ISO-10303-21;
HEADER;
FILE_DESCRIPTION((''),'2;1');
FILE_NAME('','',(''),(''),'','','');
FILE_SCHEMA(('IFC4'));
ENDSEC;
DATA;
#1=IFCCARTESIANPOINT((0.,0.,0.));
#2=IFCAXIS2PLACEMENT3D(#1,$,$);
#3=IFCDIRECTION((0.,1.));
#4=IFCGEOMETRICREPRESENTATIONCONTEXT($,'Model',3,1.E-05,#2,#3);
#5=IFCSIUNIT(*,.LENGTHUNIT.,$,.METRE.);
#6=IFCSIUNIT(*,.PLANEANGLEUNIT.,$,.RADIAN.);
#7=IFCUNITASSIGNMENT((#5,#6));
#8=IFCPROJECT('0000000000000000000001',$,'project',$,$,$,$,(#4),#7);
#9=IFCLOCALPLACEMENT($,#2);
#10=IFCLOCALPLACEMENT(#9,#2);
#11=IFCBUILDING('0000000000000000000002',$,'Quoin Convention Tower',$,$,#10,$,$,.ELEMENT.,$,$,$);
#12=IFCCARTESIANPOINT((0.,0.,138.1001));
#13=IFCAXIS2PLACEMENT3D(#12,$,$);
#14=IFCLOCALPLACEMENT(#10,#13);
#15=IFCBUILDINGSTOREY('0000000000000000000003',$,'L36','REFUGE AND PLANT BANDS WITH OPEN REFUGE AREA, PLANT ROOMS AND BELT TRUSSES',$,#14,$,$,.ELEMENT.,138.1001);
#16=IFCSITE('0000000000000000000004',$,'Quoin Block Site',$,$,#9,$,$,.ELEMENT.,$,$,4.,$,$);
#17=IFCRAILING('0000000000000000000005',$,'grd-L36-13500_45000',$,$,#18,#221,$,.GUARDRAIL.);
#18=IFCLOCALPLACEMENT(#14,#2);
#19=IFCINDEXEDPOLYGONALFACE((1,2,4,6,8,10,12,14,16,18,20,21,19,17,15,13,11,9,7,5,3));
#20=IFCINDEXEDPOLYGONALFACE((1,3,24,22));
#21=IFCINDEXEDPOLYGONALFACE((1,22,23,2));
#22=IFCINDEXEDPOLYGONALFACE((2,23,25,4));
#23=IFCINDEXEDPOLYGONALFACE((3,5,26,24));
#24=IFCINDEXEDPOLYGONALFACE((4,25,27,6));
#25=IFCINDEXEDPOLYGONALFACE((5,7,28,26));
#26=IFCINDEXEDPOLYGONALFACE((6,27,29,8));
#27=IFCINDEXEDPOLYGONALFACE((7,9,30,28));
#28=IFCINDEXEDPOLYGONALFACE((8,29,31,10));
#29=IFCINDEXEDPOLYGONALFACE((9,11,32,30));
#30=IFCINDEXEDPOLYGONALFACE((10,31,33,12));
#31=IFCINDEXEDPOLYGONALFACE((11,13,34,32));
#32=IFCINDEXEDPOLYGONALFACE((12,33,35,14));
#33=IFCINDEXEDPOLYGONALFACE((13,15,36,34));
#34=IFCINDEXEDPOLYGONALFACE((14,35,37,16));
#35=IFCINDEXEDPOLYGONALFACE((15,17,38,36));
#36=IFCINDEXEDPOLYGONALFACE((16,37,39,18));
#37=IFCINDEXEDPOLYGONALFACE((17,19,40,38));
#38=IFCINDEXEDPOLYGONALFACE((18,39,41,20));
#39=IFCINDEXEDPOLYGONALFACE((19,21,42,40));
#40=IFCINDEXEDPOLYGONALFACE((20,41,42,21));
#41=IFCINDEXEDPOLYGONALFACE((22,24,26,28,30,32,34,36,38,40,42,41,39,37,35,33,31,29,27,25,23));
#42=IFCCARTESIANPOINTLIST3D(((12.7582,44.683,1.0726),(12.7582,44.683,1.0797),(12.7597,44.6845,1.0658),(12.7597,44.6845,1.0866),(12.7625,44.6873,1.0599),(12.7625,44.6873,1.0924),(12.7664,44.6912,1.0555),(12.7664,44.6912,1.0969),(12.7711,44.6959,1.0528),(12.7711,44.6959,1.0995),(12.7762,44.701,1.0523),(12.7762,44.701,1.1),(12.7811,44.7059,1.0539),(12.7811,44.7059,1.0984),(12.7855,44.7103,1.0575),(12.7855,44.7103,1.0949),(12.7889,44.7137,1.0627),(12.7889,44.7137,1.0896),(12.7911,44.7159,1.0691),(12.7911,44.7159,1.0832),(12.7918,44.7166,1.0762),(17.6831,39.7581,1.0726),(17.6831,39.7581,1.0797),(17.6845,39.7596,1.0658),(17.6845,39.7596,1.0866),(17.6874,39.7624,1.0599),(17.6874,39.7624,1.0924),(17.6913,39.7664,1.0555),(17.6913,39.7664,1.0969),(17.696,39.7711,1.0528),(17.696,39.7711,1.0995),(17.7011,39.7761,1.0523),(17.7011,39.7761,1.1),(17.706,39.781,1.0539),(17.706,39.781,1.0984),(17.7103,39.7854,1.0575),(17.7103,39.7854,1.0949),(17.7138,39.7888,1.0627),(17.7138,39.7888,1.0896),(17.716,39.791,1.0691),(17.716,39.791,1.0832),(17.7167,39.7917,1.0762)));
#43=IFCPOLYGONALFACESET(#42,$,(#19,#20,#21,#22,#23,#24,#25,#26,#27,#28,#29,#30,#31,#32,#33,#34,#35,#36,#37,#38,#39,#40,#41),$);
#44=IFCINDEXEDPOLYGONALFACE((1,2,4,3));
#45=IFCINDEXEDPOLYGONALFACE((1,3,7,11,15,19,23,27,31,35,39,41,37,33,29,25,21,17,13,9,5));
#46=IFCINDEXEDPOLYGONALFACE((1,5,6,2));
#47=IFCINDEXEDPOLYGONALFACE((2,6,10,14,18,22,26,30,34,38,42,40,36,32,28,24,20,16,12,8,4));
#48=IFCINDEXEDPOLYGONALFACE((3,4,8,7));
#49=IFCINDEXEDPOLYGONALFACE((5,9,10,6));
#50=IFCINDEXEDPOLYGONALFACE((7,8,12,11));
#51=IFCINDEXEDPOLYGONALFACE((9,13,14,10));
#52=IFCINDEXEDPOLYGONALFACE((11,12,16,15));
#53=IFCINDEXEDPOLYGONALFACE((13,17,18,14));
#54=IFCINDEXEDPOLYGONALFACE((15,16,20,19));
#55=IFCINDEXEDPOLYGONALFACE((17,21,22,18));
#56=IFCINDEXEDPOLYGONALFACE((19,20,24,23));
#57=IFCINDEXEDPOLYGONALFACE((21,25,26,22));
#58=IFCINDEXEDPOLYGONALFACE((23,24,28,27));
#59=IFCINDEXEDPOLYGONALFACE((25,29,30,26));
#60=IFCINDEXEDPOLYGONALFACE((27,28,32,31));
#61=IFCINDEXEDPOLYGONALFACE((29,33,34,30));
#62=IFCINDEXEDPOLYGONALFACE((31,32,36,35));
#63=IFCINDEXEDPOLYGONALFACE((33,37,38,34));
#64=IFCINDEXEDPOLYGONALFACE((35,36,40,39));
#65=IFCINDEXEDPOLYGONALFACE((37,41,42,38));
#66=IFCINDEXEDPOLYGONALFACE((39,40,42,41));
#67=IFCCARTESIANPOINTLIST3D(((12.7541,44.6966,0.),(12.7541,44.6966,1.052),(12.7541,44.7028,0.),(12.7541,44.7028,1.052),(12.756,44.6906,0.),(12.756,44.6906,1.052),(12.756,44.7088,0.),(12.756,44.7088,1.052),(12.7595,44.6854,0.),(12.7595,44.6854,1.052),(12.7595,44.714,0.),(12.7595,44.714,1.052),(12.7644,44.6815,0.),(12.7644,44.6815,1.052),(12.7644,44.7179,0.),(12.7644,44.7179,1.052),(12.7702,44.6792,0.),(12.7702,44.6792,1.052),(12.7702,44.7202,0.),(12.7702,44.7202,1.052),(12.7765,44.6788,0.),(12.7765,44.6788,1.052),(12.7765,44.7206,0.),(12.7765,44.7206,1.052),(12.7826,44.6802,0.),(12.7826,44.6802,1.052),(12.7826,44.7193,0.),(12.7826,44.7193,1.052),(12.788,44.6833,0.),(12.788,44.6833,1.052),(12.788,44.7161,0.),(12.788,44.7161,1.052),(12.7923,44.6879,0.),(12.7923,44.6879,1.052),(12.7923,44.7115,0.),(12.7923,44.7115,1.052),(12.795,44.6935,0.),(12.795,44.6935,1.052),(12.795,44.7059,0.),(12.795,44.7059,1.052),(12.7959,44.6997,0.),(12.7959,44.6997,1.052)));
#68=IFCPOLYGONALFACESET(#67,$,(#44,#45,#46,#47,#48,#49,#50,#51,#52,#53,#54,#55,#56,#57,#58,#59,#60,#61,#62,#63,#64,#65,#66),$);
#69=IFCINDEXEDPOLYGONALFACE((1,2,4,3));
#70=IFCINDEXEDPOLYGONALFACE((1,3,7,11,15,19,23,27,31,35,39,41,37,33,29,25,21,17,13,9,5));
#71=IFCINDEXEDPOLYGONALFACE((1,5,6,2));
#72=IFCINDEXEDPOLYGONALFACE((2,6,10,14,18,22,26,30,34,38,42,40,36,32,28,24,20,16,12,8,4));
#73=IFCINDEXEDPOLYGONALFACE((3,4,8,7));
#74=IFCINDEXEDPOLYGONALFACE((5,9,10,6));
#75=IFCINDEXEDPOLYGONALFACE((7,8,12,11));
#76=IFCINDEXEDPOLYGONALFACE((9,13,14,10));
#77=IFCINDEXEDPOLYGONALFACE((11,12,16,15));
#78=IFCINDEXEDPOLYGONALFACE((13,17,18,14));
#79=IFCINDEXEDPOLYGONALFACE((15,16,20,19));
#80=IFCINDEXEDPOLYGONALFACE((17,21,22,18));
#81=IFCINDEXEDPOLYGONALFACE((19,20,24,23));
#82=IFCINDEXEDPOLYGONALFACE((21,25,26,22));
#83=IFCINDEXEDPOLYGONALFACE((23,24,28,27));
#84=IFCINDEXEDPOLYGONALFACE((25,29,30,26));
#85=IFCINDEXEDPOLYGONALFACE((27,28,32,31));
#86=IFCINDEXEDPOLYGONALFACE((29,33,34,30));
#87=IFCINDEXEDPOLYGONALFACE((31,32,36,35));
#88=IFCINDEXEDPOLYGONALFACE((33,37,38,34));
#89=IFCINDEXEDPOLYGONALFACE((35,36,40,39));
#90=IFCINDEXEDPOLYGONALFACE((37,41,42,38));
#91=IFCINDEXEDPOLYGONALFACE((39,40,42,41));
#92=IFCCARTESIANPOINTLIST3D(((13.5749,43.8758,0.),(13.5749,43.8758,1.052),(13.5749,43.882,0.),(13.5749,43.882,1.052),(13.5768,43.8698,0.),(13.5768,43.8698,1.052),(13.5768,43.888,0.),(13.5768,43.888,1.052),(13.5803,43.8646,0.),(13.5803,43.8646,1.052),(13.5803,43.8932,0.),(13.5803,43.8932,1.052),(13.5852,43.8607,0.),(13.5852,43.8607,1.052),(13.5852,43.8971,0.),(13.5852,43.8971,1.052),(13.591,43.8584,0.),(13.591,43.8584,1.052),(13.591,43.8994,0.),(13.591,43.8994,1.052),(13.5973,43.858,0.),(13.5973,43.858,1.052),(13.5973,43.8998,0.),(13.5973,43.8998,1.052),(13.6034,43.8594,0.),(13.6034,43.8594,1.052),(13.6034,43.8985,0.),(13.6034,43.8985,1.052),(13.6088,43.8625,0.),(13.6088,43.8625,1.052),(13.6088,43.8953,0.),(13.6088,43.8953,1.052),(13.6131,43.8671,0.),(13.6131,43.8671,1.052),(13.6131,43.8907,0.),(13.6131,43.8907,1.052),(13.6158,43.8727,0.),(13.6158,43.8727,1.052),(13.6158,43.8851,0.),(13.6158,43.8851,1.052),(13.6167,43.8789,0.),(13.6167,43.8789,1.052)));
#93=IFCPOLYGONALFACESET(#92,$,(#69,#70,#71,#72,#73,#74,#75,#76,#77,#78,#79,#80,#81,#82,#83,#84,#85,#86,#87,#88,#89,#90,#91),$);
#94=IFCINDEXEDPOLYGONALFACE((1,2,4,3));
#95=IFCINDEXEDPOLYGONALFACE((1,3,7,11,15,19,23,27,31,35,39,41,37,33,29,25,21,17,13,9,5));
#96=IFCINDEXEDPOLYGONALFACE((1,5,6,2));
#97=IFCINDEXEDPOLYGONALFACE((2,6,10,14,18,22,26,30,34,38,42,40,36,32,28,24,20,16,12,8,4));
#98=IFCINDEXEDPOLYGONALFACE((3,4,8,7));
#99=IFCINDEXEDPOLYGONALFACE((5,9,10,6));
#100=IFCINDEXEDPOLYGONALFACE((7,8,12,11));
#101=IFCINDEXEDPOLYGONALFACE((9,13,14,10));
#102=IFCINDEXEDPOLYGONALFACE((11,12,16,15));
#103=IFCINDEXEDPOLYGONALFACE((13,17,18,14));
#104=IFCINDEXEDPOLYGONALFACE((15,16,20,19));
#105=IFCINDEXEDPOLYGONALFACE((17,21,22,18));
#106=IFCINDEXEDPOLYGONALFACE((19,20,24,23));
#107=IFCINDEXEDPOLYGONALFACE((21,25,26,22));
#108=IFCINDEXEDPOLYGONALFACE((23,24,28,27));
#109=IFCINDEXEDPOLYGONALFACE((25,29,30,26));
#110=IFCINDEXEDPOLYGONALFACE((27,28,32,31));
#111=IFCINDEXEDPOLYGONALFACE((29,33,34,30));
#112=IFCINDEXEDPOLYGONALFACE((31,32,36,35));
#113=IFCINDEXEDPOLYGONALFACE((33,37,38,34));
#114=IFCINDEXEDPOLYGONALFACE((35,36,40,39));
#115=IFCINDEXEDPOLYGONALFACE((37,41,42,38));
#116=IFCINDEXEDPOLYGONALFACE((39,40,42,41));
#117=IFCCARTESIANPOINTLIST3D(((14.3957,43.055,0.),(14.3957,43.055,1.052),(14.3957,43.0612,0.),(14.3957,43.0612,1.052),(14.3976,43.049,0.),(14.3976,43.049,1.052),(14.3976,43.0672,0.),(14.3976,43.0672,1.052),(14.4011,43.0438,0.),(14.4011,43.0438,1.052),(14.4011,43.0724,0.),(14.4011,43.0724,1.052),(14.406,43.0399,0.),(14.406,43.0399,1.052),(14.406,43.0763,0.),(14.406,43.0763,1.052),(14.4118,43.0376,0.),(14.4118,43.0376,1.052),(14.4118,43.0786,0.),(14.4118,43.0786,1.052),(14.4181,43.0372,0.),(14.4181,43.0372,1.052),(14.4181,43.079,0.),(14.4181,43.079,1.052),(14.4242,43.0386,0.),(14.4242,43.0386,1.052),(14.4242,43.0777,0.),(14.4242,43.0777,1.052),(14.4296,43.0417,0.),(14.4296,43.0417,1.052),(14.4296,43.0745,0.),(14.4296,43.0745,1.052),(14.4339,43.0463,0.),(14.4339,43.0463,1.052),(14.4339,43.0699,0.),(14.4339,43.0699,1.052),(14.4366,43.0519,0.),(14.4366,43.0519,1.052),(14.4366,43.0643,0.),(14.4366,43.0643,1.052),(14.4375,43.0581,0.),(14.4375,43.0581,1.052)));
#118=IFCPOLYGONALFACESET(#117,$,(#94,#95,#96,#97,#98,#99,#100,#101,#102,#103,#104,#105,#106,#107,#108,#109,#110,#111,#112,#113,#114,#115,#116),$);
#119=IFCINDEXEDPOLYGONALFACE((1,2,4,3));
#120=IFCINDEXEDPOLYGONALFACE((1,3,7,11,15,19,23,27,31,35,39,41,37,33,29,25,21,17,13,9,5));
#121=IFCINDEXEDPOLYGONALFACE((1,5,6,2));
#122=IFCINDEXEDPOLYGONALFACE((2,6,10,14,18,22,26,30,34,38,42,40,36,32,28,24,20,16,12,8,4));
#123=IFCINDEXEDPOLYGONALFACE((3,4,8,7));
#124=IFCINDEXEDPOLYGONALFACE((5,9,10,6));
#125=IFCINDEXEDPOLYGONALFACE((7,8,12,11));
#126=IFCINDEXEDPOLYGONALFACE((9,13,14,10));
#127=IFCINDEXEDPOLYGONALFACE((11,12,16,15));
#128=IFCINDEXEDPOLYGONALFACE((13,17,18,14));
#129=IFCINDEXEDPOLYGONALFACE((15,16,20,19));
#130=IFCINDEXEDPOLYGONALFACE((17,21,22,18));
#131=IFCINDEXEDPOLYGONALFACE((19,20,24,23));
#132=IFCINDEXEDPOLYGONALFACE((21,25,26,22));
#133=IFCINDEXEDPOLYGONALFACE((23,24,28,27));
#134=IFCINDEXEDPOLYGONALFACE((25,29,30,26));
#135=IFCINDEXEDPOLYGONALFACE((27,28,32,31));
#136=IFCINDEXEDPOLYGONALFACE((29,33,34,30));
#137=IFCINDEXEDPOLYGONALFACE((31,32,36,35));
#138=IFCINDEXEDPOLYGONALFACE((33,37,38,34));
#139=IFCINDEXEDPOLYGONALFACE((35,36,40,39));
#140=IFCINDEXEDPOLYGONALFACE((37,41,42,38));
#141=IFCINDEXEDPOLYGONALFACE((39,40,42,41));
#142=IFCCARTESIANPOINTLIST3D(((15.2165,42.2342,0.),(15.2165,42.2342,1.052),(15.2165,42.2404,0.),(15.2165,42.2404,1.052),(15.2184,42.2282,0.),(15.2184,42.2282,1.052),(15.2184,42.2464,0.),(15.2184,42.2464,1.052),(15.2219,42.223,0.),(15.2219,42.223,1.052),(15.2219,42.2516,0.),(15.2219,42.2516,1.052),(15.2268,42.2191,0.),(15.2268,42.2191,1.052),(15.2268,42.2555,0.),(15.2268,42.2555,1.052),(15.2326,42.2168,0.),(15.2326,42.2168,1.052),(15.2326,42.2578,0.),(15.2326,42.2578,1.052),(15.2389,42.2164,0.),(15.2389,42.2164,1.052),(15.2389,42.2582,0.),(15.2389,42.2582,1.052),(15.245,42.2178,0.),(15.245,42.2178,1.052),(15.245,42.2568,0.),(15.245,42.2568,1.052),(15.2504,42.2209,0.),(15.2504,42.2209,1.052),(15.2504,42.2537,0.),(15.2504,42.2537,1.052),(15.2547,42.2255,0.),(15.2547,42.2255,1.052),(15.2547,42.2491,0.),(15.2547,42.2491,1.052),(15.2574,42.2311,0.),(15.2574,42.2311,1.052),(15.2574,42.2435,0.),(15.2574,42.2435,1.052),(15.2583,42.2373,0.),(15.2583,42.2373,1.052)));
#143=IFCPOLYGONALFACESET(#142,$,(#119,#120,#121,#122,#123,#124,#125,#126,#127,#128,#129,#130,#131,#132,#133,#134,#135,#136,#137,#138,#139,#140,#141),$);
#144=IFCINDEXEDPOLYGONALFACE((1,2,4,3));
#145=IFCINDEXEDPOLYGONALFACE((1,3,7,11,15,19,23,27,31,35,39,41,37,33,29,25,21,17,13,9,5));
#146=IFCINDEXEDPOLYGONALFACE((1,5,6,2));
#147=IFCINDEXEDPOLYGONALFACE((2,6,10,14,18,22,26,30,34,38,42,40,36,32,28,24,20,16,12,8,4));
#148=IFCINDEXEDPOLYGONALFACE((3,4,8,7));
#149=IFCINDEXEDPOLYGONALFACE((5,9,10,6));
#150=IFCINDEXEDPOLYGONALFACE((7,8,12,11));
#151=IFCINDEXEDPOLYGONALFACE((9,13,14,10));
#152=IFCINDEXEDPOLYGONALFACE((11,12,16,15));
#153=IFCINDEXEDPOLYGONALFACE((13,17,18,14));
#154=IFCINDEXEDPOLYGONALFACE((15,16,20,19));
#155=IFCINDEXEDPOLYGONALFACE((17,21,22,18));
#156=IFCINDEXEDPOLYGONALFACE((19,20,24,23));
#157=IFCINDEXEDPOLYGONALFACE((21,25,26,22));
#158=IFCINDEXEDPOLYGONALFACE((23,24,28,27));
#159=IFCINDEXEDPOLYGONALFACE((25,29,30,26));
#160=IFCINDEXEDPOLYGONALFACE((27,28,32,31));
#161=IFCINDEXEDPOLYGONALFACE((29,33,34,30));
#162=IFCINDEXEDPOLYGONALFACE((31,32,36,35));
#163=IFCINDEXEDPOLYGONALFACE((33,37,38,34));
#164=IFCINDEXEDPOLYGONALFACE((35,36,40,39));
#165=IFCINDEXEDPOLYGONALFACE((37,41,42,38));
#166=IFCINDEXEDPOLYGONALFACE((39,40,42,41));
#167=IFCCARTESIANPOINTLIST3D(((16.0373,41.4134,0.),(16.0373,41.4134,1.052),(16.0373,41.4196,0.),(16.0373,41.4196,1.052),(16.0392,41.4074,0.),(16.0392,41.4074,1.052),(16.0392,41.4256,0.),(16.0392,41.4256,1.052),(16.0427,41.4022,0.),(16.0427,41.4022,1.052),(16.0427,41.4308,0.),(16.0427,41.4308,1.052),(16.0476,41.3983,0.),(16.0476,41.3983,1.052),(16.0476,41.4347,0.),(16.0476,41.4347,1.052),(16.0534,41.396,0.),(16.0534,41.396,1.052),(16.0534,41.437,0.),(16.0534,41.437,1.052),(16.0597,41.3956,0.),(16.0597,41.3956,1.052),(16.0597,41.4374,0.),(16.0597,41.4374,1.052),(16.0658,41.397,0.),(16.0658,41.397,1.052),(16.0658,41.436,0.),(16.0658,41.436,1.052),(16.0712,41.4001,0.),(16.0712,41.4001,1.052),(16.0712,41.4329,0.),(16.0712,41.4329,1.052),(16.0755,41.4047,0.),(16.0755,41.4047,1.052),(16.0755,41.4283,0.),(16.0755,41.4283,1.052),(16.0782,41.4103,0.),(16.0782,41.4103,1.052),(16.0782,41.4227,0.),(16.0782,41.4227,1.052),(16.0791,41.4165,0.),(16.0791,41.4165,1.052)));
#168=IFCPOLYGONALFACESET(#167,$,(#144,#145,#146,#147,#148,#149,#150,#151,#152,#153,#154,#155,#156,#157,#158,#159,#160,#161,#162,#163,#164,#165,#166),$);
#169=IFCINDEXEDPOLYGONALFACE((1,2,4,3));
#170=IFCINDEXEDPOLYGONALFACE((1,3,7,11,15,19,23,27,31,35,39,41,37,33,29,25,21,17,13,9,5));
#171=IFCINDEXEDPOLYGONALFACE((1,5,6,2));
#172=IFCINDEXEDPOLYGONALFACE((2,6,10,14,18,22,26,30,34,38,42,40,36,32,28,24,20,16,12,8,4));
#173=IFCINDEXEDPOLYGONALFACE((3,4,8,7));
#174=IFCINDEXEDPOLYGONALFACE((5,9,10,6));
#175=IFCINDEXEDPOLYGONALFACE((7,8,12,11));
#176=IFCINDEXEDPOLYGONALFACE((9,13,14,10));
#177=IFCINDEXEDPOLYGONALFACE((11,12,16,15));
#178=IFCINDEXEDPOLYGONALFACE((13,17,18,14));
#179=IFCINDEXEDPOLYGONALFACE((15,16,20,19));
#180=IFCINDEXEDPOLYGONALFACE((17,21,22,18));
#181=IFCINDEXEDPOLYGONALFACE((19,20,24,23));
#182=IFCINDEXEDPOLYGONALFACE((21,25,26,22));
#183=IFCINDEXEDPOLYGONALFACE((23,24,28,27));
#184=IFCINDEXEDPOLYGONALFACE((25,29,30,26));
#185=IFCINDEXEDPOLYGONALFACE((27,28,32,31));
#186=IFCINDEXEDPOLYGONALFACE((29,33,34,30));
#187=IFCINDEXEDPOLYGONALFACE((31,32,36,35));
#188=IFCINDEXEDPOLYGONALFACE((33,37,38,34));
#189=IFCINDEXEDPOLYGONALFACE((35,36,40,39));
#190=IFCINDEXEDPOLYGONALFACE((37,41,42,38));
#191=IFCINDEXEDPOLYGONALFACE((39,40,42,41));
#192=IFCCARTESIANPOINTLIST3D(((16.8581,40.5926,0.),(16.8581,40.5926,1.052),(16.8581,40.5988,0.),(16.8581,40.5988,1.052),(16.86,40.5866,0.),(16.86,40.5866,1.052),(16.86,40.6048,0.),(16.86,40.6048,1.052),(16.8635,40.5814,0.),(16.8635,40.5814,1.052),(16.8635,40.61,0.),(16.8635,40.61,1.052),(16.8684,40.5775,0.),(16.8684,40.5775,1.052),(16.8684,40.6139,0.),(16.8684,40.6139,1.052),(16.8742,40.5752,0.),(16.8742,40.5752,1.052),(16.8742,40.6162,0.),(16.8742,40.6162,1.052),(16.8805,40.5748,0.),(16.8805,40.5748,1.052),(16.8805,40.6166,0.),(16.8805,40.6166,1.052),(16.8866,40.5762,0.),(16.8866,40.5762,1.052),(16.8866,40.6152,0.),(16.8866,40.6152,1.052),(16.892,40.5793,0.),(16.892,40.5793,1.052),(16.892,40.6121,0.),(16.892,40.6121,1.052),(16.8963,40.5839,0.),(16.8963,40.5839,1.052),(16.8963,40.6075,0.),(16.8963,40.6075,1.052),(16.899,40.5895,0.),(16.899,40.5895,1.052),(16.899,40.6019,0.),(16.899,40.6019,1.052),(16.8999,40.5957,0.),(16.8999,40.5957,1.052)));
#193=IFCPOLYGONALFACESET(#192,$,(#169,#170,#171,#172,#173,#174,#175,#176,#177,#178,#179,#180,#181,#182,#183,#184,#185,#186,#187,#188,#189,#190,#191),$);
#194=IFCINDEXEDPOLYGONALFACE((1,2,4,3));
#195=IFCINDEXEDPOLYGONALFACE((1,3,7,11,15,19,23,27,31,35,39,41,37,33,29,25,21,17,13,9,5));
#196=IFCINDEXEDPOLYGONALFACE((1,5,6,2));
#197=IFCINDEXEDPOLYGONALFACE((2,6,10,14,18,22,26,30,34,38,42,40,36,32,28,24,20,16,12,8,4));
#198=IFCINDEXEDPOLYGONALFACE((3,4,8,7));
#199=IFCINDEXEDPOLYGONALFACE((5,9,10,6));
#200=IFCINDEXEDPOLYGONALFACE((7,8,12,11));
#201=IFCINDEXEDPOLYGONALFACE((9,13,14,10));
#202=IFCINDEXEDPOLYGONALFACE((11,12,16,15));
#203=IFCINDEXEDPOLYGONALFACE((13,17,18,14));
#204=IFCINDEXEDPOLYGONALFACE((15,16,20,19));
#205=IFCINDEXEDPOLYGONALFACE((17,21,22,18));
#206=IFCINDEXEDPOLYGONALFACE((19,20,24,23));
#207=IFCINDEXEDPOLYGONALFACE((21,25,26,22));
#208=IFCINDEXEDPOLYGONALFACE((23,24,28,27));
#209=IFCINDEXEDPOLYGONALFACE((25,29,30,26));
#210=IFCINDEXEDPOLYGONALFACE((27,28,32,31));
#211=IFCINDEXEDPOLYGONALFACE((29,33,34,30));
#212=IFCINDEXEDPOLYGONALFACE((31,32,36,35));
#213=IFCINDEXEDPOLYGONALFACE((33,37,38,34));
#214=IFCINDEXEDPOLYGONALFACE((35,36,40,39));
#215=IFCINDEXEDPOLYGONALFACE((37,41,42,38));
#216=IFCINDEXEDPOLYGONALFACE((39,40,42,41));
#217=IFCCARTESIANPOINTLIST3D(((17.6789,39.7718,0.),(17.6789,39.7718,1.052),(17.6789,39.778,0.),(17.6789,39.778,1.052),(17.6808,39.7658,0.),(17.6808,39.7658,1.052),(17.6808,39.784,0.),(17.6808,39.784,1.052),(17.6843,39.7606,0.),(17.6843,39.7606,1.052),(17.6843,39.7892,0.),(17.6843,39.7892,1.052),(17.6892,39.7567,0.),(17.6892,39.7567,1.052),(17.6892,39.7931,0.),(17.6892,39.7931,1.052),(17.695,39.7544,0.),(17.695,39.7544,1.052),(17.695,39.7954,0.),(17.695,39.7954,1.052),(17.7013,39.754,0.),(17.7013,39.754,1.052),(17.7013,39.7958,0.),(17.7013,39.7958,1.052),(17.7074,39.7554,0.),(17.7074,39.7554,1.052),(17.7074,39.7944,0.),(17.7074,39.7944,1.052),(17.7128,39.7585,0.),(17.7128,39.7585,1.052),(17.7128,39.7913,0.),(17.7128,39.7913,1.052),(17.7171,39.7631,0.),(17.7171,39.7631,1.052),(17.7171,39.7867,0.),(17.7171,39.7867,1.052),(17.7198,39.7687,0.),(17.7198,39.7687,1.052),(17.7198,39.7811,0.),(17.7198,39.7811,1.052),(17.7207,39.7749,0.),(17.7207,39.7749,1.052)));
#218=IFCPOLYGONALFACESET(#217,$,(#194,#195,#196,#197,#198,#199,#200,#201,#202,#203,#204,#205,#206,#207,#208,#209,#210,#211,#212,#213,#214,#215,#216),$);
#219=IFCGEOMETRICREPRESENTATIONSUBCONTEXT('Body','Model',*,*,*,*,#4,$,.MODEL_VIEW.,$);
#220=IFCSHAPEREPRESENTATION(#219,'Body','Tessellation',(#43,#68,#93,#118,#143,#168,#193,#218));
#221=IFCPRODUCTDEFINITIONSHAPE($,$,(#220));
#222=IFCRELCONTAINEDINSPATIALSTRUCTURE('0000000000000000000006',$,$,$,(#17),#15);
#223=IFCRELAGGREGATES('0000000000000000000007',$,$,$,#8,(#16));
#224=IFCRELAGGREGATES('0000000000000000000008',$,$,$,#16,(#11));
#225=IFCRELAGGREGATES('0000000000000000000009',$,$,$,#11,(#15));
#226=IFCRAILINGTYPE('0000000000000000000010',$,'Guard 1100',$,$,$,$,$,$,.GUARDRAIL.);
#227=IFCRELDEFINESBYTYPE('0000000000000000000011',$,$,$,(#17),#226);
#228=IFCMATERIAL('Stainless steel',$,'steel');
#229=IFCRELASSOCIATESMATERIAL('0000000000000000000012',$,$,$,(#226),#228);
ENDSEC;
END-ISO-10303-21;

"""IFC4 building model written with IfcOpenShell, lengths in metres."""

from ifc_helpers import new_model, si_unit, direction, frame, origin, origin_2d, place, context, subcontext, project, spatial, circle, extrude, material, type_object, element, save


model = new_model("IFC4")

# Units and contexts
model_context = context("Model", 3, precision=1e-05, world=origin(), true_north=direction((0.0, 1.0)))
body_context = subcontext(model_context, "Body", "Model", "MODEL_VIEW")
ifc_project = project(units=[si_unit("LENGTHUNIT", "METRE"), si_unit("PLANEANGLEUNIT", "RADIAN")], contexts=[model_context])

# Site, building, storey
site_placement = place(None, origin())
site = spatial("IfcSite", under=ifc_project, at=site_placement, Name="Quoin Block Site", CompositionType="ELEMENT", RefElevation=4.0)
building_placement = place(site_placement, origin())
building = spatial("IfcBuilding", under=site, at=building_placement, Name="Quoin Convention Tower", CompositionType="ELEMENT")
storey_placement = place(building_placement, frame((0.0, 0.0, 138.1001)))
storey = spatial("IfcBuildingStorey", under=building, at=storey_placement, Name="L36", Description="REFUGE AND PLANT BANDS WITH OPEN REFUGE AREA, PLANT ROOMS AND BELT TRUSSES", CompositionType="ELEMENT", Elevation=138.1001)

# Railing
ifc_material_1 = material(Name="Stainless steel", Category="steel")
railing_type_1 = type_object("IfcRailingType", Name="Guard 1100", PredefinedType="GUARDRAIL", material=ifc_material_1)
railing_1_placement = place(storey_placement, frame((12.7749, 44.6997, 0.0)))
element("IfcRailing", 1, at=railing_1_placement, inside=storey, type_object=railing_type_1, Name="grd-L36-13500_45000", PredefinedType="GUARDRAIL", context=body_context, shape_type="SweptSolid", body=[
    extrude(circle(Radius=0.0239, at=origin_2d()), frame((0.0, 0.0, 1.0762), z_axis=(0.707107, -0.707107, 0.0), x_axis=(0.707107, 0.707107, 0.0)), (0.0, 0.0, 1.0), 6.9648),
    extrude(circle(Radius=0.021, at=origin_2d()), origin(), (0.0, 0.0, 1.0), 1.052),
    extrude(circle(Radius=0.021, at=origin_2d()), frame((0.8208, -0.8208, 0.0)), (0.0, 0.0, 1.0), 1.052),
    extrude(circle(Radius=0.021, at=origin_2d()), frame((1.6416, -1.6416, 0.0)), (0.0, 0.0, 1.0), 1.052),
    extrude(circle(Radius=0.021, at=origin_2d()), frame((2.4624, -2.4624, 0.0)), (0.0, 0.0, 1.0), 1.052),
    extrude(circle(Radius=0.021, at=origin_2d()), frame((3.2832, -3.2832, 0.0)), (0.0, 0.0, 1.0), 1.052),
    extrude(circle(Radius=0.021, at=origin_2d()), frame((4.104, -4.104, 0.0)), (0.0, 0.0, 1.0), 1.052),
    extrude(circle(Radius=0.021, at=origin_2d()), frame((4.9248, -4.9248, 0.0)), (0.0, 0.0, 1.0), 1.052),
])

save(model, "model.ifc")
